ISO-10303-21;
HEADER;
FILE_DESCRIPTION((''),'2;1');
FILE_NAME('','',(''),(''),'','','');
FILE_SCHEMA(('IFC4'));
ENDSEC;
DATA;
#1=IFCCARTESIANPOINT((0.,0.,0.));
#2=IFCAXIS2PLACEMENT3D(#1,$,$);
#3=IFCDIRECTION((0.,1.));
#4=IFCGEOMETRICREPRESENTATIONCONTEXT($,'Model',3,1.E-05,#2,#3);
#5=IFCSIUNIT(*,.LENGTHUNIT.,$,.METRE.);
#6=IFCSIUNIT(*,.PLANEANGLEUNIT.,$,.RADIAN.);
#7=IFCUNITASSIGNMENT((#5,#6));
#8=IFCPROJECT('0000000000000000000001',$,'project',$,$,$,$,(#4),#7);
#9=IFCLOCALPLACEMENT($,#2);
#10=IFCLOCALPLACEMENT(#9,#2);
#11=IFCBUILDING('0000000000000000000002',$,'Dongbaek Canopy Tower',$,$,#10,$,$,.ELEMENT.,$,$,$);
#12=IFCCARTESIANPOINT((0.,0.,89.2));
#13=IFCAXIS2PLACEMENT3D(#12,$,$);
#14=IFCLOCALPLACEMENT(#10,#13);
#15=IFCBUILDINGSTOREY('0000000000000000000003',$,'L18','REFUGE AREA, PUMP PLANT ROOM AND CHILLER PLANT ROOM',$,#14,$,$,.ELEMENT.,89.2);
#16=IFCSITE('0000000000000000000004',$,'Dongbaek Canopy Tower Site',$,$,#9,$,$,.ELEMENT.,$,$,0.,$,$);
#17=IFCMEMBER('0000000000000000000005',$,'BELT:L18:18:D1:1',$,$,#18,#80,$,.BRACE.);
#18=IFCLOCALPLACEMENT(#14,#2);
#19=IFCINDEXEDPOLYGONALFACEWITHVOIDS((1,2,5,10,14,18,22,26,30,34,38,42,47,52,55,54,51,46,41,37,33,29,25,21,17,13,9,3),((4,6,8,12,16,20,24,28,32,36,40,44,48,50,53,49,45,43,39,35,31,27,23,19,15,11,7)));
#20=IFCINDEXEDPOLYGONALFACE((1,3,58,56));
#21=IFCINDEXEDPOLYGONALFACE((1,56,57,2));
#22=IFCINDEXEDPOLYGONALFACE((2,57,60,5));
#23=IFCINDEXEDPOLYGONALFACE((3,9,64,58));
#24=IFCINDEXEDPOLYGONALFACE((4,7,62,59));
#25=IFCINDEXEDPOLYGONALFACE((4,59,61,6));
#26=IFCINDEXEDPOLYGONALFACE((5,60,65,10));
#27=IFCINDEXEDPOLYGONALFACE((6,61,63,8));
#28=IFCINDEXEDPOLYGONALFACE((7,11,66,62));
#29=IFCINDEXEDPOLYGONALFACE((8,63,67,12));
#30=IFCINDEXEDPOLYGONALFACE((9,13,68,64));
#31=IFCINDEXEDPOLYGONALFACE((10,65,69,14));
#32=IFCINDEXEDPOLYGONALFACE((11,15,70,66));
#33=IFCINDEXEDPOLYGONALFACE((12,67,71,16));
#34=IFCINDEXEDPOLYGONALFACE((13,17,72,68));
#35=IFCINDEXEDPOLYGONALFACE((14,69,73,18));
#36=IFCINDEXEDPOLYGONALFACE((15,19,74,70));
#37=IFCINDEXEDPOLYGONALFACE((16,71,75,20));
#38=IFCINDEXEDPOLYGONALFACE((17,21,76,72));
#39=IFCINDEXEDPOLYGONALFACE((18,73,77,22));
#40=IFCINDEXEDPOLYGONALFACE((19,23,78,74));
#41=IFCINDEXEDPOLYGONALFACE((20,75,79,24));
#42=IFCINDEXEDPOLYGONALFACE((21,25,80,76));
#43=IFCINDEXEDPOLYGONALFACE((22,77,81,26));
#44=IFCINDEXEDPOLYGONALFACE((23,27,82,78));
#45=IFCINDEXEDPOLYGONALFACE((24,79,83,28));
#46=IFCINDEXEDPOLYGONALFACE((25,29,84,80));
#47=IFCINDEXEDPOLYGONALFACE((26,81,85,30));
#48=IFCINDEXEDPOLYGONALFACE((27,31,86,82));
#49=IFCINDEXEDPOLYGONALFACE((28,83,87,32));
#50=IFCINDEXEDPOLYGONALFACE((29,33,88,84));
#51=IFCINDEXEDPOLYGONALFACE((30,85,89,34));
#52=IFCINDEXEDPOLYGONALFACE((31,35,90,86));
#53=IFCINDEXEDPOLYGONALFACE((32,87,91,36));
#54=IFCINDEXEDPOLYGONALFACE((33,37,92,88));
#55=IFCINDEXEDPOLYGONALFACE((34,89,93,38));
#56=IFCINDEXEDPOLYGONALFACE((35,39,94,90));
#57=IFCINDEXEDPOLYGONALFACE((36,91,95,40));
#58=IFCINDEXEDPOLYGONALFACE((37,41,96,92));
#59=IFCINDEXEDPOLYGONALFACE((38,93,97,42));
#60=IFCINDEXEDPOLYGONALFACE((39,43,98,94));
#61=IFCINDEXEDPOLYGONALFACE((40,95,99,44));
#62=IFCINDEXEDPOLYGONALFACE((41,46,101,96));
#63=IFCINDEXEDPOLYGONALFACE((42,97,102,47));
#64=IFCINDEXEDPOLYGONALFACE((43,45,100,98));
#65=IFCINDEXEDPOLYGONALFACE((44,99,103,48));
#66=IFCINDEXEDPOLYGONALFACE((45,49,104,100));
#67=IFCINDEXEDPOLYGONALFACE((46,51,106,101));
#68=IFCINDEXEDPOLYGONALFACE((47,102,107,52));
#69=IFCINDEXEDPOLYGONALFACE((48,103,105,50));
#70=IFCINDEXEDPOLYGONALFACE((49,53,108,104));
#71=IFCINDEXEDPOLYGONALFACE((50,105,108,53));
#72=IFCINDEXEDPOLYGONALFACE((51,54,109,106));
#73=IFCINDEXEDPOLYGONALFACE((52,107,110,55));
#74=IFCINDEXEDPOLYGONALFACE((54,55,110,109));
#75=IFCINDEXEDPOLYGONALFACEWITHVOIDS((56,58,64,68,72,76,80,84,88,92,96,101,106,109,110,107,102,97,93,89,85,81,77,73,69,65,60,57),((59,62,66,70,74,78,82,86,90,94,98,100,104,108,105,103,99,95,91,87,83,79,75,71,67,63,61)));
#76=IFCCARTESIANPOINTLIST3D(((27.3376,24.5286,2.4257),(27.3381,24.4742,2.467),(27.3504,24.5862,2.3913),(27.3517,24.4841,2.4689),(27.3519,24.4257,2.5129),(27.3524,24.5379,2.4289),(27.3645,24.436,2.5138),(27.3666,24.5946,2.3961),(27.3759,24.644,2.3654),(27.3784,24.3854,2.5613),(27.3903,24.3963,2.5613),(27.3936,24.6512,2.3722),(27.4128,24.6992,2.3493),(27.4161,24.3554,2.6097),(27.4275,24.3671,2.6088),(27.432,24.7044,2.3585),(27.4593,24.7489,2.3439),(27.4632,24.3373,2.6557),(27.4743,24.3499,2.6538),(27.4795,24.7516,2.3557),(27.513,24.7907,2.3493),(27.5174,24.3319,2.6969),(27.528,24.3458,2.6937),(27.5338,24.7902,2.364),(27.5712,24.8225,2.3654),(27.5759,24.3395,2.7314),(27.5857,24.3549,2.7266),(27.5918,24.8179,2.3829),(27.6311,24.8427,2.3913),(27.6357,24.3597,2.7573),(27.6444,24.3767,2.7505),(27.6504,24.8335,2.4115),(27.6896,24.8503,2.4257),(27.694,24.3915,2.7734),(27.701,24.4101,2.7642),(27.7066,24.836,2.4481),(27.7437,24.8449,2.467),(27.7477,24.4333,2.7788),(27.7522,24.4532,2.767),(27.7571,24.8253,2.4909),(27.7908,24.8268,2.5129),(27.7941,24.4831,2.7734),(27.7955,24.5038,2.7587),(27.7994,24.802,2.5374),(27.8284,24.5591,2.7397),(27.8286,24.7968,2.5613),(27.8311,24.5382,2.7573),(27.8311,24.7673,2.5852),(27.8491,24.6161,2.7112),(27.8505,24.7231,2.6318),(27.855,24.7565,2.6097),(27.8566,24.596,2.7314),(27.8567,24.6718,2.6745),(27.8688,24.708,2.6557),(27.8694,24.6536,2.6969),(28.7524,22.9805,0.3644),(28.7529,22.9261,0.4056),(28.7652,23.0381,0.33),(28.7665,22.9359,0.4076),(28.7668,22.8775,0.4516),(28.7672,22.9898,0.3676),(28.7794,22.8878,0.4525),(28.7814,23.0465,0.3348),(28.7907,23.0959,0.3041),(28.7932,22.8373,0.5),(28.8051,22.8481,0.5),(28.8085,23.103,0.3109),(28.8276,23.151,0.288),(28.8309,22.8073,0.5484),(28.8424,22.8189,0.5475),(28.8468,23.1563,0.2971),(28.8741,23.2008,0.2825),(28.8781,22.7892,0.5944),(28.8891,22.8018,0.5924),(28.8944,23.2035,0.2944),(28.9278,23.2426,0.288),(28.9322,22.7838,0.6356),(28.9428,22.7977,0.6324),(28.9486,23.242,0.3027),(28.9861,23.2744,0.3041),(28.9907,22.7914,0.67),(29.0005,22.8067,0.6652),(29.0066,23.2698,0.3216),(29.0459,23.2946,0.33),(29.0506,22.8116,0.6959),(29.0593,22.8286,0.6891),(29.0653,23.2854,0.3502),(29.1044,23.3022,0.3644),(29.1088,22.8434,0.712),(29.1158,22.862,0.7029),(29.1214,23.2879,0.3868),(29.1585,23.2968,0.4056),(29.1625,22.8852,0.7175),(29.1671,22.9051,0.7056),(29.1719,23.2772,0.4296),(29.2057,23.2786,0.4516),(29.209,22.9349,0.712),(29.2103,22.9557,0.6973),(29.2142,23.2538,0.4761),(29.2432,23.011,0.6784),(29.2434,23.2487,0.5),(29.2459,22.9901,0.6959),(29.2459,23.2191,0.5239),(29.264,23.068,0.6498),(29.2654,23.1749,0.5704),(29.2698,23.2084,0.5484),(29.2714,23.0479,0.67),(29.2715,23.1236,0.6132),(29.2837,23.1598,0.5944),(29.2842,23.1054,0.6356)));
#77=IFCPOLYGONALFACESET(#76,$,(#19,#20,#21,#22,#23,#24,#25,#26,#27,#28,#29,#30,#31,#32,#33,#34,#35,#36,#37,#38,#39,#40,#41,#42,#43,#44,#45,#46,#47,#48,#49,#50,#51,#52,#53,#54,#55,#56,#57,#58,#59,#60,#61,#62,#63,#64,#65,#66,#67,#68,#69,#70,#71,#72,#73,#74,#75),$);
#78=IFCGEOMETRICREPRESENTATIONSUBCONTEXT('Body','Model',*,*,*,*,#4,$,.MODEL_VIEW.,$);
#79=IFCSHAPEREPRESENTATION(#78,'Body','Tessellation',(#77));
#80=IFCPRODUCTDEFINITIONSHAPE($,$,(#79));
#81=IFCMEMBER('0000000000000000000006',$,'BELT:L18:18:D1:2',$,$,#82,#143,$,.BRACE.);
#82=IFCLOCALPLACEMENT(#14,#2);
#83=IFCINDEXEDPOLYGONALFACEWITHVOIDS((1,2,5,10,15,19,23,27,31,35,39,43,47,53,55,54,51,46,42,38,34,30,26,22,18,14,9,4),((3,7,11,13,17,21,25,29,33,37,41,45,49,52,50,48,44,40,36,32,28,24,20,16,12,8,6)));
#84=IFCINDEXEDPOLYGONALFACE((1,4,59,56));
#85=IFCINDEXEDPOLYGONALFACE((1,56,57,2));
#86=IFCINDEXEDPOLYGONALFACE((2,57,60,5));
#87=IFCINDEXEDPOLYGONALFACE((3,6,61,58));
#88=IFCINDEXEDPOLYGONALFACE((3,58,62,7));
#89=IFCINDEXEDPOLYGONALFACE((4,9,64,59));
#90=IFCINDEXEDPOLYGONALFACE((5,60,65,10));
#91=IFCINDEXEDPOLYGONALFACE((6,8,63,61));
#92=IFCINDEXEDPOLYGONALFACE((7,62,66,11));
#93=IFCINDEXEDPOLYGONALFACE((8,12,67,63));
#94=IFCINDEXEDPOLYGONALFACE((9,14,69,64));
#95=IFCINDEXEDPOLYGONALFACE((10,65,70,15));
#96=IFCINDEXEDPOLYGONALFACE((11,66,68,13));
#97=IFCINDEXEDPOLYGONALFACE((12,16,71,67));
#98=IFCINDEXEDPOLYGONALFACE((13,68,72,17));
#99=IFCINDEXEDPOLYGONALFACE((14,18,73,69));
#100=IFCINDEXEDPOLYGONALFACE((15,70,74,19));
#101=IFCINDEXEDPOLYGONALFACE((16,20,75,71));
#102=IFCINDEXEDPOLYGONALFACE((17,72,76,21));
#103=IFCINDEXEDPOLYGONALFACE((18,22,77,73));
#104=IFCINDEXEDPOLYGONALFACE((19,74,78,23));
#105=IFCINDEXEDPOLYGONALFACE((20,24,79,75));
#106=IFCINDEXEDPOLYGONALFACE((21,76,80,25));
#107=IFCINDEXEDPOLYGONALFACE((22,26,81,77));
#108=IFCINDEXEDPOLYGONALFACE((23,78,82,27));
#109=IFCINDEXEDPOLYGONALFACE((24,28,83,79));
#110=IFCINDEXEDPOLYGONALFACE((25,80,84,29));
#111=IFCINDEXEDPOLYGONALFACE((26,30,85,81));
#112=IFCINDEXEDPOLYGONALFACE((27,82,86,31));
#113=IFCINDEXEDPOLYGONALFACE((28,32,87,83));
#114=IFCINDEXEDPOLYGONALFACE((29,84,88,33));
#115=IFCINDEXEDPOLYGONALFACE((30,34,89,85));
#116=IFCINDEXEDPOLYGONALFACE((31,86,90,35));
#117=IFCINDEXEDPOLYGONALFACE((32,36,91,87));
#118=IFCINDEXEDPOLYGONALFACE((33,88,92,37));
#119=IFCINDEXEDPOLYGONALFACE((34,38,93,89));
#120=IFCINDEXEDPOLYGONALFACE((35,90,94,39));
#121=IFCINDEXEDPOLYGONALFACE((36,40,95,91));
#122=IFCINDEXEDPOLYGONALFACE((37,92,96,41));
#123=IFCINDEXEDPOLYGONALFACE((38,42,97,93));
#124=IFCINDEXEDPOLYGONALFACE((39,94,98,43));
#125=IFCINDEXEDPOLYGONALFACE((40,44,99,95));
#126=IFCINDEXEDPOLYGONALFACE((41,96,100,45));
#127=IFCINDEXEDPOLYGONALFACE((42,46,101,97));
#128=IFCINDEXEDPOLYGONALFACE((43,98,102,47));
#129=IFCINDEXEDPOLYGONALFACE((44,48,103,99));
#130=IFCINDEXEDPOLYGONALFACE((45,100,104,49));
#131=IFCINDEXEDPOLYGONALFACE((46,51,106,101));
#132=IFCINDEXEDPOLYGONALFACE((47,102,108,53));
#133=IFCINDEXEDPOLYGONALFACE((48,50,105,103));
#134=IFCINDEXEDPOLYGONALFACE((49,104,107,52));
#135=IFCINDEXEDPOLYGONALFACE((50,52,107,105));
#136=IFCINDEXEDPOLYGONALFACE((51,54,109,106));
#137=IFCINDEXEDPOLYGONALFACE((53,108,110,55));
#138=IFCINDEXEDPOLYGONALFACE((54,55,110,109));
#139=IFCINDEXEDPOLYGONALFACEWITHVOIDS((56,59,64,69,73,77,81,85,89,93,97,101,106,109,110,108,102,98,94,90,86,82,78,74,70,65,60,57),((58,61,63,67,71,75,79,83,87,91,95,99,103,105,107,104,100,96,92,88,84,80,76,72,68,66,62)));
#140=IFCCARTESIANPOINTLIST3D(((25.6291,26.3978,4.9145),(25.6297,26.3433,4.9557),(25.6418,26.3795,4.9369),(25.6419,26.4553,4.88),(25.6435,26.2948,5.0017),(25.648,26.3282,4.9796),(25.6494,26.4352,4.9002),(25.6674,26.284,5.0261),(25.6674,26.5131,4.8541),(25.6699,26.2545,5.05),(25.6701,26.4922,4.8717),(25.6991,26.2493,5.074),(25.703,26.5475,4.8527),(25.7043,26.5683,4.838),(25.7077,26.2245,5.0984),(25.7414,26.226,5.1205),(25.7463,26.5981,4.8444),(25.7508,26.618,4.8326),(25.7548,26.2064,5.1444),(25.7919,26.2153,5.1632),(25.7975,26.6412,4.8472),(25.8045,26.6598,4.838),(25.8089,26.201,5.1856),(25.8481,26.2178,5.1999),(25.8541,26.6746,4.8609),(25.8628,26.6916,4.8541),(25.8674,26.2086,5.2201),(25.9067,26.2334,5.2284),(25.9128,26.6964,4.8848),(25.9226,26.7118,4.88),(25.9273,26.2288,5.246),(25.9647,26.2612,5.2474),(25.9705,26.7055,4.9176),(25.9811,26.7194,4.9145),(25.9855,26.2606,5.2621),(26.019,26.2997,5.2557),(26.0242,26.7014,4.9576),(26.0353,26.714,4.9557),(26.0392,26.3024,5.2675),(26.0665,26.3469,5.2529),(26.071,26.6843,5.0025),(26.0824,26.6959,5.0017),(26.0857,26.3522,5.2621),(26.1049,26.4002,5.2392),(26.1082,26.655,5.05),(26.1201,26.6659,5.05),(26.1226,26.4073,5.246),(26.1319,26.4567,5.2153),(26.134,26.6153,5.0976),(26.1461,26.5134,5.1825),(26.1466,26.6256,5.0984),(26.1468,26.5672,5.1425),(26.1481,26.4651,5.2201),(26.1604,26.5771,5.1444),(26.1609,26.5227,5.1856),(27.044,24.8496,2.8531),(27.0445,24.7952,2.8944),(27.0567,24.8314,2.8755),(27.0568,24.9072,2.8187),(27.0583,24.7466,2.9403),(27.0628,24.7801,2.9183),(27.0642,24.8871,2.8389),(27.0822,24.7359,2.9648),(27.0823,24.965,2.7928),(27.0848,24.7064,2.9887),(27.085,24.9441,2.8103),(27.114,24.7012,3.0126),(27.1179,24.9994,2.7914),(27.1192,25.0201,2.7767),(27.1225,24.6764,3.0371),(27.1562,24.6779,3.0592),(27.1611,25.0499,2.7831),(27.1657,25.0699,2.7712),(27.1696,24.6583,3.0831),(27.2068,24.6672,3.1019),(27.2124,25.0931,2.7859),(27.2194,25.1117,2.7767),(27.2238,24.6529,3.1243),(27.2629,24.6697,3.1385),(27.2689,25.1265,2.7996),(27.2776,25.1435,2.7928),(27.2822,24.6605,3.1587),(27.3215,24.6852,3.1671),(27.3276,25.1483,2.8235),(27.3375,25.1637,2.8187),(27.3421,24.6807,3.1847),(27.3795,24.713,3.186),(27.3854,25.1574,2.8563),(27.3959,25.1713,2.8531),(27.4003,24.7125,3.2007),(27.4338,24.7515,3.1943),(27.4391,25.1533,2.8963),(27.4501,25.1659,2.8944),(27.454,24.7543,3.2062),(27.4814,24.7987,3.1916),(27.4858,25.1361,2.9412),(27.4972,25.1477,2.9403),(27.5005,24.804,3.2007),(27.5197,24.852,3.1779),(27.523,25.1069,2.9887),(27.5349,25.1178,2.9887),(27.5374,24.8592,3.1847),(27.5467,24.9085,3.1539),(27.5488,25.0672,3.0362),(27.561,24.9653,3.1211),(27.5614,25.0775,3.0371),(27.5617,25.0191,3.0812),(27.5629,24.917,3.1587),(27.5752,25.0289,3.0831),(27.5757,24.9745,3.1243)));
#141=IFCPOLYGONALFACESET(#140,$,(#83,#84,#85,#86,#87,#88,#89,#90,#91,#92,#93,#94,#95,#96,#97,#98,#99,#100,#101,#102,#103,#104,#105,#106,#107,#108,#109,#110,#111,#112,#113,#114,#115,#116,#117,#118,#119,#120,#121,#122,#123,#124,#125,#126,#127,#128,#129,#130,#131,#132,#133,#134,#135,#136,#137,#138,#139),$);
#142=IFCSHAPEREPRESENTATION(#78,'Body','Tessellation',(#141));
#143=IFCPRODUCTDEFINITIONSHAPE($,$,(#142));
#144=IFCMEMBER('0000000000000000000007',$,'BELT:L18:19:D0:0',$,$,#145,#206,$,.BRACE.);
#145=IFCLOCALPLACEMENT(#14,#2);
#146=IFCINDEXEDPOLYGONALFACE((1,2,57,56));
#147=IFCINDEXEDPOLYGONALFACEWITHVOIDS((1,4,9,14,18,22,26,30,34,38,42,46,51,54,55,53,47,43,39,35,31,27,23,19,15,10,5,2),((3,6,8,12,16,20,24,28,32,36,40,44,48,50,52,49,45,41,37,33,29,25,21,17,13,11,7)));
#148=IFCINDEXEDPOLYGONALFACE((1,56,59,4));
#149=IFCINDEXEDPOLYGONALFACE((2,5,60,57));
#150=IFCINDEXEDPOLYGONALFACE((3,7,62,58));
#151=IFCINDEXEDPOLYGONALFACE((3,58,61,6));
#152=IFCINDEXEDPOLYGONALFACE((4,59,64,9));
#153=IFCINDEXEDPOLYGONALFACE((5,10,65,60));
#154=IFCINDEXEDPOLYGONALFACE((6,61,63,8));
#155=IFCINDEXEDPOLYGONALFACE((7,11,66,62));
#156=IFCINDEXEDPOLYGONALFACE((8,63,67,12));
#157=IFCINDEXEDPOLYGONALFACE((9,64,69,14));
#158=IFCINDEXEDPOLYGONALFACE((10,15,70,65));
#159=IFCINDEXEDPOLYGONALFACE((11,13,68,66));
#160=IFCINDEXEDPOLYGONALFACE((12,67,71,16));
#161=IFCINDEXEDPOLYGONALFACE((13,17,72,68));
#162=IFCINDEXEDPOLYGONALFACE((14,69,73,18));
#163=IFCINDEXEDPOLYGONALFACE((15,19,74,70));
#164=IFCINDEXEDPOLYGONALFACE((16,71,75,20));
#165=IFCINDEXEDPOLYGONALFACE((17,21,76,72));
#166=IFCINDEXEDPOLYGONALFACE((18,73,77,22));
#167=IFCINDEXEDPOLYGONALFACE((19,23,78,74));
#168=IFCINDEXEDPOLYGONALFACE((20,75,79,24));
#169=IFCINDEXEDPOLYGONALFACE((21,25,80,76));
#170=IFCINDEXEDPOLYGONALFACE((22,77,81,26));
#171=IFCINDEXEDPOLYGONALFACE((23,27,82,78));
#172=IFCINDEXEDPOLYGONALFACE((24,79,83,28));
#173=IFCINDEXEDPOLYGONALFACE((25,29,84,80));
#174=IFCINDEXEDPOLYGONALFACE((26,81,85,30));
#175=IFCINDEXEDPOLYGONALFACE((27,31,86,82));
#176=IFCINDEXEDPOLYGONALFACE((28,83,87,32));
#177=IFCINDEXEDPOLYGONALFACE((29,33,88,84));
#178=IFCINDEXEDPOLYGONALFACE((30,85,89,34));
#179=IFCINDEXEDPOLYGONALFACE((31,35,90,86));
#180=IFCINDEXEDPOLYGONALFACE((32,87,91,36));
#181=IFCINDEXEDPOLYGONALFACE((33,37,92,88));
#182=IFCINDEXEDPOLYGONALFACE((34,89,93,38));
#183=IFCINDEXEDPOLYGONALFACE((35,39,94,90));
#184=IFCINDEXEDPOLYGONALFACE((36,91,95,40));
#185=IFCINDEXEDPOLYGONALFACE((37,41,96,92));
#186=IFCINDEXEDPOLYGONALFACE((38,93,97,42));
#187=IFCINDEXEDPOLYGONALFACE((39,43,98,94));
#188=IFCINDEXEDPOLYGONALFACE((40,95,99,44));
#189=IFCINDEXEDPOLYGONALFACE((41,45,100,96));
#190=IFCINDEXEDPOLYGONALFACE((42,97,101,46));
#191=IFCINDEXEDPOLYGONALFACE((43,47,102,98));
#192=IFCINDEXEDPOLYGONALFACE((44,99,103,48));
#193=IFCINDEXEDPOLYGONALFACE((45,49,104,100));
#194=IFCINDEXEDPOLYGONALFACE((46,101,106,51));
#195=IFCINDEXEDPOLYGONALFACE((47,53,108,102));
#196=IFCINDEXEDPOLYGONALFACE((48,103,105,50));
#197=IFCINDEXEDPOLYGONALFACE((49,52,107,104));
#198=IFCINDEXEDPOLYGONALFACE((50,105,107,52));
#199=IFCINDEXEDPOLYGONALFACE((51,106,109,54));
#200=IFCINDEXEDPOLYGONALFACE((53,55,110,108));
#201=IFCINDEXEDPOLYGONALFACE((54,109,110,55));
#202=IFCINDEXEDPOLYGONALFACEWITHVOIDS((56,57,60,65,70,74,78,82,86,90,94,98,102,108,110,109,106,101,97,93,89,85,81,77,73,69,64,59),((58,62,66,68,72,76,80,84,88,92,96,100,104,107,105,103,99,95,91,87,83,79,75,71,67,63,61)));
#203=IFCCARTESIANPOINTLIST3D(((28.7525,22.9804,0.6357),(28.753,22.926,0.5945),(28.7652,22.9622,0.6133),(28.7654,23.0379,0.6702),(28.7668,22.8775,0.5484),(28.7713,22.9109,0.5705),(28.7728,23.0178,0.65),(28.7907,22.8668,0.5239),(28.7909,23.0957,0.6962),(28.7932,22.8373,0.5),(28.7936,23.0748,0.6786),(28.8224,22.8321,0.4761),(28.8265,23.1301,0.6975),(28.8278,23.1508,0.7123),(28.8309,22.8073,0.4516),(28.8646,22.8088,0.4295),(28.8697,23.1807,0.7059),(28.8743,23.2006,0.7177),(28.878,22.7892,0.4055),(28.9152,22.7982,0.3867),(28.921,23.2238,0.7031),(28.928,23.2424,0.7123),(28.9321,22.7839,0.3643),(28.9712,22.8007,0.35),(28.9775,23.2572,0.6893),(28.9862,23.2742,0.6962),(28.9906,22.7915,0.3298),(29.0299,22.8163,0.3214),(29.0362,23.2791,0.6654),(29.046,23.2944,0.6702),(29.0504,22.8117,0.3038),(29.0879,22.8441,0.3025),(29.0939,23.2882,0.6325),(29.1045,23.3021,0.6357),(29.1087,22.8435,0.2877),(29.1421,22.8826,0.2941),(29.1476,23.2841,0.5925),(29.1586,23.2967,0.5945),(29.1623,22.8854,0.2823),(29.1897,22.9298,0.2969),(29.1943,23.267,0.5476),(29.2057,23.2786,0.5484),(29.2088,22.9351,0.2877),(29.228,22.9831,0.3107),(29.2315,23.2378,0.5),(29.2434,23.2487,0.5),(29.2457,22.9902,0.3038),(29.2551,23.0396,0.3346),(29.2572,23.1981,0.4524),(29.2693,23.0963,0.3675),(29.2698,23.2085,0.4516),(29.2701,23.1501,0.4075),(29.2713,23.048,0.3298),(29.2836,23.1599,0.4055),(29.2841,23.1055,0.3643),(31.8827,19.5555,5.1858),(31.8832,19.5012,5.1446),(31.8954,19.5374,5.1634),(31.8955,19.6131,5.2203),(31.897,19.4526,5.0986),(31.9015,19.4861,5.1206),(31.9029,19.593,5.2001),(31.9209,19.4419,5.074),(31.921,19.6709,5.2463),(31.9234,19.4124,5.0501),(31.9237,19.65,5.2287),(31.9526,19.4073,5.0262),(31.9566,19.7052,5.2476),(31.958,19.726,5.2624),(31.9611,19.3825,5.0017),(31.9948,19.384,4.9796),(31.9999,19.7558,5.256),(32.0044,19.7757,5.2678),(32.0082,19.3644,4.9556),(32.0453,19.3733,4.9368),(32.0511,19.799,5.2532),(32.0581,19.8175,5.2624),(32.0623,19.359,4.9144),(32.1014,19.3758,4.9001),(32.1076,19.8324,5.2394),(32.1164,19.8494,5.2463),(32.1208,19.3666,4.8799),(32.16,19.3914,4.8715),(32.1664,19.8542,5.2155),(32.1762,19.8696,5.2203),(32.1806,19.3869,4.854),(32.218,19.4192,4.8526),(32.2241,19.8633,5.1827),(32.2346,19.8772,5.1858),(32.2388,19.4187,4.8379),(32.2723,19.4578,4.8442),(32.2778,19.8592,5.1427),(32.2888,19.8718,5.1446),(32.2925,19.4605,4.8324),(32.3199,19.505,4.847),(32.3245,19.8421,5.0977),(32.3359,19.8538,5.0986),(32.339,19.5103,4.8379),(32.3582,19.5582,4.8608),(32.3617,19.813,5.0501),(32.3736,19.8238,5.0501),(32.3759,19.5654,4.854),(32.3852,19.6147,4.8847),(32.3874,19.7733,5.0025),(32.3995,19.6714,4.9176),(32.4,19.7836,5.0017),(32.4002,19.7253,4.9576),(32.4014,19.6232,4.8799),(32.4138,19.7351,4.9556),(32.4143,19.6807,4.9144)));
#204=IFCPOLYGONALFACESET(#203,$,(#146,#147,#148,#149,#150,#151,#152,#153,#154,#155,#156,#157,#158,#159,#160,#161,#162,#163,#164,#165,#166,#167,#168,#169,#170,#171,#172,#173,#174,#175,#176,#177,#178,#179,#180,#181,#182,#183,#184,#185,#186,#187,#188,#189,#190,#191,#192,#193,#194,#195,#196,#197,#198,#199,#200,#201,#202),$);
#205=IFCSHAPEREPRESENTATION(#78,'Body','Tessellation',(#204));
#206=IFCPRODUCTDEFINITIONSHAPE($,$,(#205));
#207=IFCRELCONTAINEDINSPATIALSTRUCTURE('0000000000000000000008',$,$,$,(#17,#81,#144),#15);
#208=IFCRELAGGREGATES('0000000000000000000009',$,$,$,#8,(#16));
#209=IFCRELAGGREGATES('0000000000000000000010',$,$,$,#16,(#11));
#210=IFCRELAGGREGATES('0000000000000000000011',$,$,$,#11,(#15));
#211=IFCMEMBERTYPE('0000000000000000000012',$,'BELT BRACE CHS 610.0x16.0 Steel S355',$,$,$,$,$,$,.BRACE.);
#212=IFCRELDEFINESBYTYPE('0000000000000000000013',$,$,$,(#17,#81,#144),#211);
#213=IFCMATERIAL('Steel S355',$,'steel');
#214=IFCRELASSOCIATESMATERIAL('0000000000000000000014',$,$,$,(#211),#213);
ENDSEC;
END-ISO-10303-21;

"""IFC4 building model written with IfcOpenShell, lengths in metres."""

from ifc_helpers import new_model, si_unit, direction, frame, origin, origin_2d, place, context, subcontext, project, spatial, hollow_circle, extrude, material, material_profile, profile_set, type_object, element, save


model = new_model("IFC4")

# Units and contexts
model_context = context("Model", 3, precision=1e-05, world=origin(), true_north=direction((0.0, 1.0)))
body_context = subcontext(model_context, "Body", "Model", "MODEL_VIEW")
ifc_project = project(units=[si_unit("LENGTHUNIT", "METRE"), si_unit("PLANEANGLEUNIT", "RADIAN")], contexts=[model_context])

# Site, building, storey
site_placement = place(None, origin())
site = spatial("IfcSite", under=ifc_project, at=site_placement, Name="Dongbaek Canopy Tower Site", CompositionType="ELEMENT", RefElevation=0.0)
building_placement = place(site_placement, origin())
building = spatial("IfcBuilding", under=site, at=building_placement, Name="Dongbaek Canopy Tower", CompositionType="ELEMENT")
storey_placement = place(building_placement, frame((0.0, 0.0, 89.2)))
storey = spatial("IfcBuildingStorey", under=building, at=storey_placement, Name="L18", Description="REFUGE AREA, PUMP PLANT ROOM AND CHILLER PLANT ROOM", CompositionType="ELEMENT", Elevation=89.2)

# Members
ifc_material_1 = material(Name="Steel S355", Category="steel")
ifc_material_profile_1 = material_profile(ifc_material_1, hollow_circle(Radius=0.3049, WallThickness=0.0161, at=origin_2d()), Name="BELT BRACE CHS 610.0x16.0 Steel S355")
ifc_profile_set_1 = profile_set([ifc_material_profile_1], Name="Steel S355")
member_type_1 = type_object("IfcMemberType", Name="BELT BRACE CHS 610.0x16.0 Steel S355", PredefinedType="BRACE", material=ifc_profile_set_1)
for number, where, z_axis, x_axis, name in (
    (1, (29.0183, 23.043, 0.5), (-0.481125, 0.526456, 0.700973), (-0.738173, -0.674612, 0.0), "BELT:L18:18:D1:1"),
    (2, (25.895, 26.4602, 5.05), (0.481125, -0.526456, -0.700973), (0.738173, 0.674612, 0.0), "BELT:L18:18:D1:2"),
):
    element("IfcMember", number, at=place(storey_placement, frame(where, z_axis=z_axis, x_axis=x_axis)), inside=storey, type_object=member_type_1, Name=name, PredefinedType="BRACE", context=body_context, shape_type="SweptSolid", body=[
        extrude(hollow_circle(Radius=0.3049, WallThickness=0.0161, at=origin_2d()), origin(), (0.0, 0.0, 1.0), 2.9407),
    ])
member_1_placement = place(storey_placement, frame((29.0183, 23.043, 0.5), z_axis=(0.481672, -0.527018, 0.700174), x_axis=(0.738149, 0.674637, 0.0)))
element("IfcMember", 3, at=member_1_placement, inside=storey, type_object=member_type_1, Name="BELT:L18:19:D0:0", PredefinedType="BRACE", context=body_context, shape_type="SweptSolid", body=[
    extrude(hollow_circle(Radius=0.3049, WallThickness=0.0161, at=origin_2d()), origin(), (0.0, 0.0, 1.0), 6.4985),
])

save(model, "model.ifc")
